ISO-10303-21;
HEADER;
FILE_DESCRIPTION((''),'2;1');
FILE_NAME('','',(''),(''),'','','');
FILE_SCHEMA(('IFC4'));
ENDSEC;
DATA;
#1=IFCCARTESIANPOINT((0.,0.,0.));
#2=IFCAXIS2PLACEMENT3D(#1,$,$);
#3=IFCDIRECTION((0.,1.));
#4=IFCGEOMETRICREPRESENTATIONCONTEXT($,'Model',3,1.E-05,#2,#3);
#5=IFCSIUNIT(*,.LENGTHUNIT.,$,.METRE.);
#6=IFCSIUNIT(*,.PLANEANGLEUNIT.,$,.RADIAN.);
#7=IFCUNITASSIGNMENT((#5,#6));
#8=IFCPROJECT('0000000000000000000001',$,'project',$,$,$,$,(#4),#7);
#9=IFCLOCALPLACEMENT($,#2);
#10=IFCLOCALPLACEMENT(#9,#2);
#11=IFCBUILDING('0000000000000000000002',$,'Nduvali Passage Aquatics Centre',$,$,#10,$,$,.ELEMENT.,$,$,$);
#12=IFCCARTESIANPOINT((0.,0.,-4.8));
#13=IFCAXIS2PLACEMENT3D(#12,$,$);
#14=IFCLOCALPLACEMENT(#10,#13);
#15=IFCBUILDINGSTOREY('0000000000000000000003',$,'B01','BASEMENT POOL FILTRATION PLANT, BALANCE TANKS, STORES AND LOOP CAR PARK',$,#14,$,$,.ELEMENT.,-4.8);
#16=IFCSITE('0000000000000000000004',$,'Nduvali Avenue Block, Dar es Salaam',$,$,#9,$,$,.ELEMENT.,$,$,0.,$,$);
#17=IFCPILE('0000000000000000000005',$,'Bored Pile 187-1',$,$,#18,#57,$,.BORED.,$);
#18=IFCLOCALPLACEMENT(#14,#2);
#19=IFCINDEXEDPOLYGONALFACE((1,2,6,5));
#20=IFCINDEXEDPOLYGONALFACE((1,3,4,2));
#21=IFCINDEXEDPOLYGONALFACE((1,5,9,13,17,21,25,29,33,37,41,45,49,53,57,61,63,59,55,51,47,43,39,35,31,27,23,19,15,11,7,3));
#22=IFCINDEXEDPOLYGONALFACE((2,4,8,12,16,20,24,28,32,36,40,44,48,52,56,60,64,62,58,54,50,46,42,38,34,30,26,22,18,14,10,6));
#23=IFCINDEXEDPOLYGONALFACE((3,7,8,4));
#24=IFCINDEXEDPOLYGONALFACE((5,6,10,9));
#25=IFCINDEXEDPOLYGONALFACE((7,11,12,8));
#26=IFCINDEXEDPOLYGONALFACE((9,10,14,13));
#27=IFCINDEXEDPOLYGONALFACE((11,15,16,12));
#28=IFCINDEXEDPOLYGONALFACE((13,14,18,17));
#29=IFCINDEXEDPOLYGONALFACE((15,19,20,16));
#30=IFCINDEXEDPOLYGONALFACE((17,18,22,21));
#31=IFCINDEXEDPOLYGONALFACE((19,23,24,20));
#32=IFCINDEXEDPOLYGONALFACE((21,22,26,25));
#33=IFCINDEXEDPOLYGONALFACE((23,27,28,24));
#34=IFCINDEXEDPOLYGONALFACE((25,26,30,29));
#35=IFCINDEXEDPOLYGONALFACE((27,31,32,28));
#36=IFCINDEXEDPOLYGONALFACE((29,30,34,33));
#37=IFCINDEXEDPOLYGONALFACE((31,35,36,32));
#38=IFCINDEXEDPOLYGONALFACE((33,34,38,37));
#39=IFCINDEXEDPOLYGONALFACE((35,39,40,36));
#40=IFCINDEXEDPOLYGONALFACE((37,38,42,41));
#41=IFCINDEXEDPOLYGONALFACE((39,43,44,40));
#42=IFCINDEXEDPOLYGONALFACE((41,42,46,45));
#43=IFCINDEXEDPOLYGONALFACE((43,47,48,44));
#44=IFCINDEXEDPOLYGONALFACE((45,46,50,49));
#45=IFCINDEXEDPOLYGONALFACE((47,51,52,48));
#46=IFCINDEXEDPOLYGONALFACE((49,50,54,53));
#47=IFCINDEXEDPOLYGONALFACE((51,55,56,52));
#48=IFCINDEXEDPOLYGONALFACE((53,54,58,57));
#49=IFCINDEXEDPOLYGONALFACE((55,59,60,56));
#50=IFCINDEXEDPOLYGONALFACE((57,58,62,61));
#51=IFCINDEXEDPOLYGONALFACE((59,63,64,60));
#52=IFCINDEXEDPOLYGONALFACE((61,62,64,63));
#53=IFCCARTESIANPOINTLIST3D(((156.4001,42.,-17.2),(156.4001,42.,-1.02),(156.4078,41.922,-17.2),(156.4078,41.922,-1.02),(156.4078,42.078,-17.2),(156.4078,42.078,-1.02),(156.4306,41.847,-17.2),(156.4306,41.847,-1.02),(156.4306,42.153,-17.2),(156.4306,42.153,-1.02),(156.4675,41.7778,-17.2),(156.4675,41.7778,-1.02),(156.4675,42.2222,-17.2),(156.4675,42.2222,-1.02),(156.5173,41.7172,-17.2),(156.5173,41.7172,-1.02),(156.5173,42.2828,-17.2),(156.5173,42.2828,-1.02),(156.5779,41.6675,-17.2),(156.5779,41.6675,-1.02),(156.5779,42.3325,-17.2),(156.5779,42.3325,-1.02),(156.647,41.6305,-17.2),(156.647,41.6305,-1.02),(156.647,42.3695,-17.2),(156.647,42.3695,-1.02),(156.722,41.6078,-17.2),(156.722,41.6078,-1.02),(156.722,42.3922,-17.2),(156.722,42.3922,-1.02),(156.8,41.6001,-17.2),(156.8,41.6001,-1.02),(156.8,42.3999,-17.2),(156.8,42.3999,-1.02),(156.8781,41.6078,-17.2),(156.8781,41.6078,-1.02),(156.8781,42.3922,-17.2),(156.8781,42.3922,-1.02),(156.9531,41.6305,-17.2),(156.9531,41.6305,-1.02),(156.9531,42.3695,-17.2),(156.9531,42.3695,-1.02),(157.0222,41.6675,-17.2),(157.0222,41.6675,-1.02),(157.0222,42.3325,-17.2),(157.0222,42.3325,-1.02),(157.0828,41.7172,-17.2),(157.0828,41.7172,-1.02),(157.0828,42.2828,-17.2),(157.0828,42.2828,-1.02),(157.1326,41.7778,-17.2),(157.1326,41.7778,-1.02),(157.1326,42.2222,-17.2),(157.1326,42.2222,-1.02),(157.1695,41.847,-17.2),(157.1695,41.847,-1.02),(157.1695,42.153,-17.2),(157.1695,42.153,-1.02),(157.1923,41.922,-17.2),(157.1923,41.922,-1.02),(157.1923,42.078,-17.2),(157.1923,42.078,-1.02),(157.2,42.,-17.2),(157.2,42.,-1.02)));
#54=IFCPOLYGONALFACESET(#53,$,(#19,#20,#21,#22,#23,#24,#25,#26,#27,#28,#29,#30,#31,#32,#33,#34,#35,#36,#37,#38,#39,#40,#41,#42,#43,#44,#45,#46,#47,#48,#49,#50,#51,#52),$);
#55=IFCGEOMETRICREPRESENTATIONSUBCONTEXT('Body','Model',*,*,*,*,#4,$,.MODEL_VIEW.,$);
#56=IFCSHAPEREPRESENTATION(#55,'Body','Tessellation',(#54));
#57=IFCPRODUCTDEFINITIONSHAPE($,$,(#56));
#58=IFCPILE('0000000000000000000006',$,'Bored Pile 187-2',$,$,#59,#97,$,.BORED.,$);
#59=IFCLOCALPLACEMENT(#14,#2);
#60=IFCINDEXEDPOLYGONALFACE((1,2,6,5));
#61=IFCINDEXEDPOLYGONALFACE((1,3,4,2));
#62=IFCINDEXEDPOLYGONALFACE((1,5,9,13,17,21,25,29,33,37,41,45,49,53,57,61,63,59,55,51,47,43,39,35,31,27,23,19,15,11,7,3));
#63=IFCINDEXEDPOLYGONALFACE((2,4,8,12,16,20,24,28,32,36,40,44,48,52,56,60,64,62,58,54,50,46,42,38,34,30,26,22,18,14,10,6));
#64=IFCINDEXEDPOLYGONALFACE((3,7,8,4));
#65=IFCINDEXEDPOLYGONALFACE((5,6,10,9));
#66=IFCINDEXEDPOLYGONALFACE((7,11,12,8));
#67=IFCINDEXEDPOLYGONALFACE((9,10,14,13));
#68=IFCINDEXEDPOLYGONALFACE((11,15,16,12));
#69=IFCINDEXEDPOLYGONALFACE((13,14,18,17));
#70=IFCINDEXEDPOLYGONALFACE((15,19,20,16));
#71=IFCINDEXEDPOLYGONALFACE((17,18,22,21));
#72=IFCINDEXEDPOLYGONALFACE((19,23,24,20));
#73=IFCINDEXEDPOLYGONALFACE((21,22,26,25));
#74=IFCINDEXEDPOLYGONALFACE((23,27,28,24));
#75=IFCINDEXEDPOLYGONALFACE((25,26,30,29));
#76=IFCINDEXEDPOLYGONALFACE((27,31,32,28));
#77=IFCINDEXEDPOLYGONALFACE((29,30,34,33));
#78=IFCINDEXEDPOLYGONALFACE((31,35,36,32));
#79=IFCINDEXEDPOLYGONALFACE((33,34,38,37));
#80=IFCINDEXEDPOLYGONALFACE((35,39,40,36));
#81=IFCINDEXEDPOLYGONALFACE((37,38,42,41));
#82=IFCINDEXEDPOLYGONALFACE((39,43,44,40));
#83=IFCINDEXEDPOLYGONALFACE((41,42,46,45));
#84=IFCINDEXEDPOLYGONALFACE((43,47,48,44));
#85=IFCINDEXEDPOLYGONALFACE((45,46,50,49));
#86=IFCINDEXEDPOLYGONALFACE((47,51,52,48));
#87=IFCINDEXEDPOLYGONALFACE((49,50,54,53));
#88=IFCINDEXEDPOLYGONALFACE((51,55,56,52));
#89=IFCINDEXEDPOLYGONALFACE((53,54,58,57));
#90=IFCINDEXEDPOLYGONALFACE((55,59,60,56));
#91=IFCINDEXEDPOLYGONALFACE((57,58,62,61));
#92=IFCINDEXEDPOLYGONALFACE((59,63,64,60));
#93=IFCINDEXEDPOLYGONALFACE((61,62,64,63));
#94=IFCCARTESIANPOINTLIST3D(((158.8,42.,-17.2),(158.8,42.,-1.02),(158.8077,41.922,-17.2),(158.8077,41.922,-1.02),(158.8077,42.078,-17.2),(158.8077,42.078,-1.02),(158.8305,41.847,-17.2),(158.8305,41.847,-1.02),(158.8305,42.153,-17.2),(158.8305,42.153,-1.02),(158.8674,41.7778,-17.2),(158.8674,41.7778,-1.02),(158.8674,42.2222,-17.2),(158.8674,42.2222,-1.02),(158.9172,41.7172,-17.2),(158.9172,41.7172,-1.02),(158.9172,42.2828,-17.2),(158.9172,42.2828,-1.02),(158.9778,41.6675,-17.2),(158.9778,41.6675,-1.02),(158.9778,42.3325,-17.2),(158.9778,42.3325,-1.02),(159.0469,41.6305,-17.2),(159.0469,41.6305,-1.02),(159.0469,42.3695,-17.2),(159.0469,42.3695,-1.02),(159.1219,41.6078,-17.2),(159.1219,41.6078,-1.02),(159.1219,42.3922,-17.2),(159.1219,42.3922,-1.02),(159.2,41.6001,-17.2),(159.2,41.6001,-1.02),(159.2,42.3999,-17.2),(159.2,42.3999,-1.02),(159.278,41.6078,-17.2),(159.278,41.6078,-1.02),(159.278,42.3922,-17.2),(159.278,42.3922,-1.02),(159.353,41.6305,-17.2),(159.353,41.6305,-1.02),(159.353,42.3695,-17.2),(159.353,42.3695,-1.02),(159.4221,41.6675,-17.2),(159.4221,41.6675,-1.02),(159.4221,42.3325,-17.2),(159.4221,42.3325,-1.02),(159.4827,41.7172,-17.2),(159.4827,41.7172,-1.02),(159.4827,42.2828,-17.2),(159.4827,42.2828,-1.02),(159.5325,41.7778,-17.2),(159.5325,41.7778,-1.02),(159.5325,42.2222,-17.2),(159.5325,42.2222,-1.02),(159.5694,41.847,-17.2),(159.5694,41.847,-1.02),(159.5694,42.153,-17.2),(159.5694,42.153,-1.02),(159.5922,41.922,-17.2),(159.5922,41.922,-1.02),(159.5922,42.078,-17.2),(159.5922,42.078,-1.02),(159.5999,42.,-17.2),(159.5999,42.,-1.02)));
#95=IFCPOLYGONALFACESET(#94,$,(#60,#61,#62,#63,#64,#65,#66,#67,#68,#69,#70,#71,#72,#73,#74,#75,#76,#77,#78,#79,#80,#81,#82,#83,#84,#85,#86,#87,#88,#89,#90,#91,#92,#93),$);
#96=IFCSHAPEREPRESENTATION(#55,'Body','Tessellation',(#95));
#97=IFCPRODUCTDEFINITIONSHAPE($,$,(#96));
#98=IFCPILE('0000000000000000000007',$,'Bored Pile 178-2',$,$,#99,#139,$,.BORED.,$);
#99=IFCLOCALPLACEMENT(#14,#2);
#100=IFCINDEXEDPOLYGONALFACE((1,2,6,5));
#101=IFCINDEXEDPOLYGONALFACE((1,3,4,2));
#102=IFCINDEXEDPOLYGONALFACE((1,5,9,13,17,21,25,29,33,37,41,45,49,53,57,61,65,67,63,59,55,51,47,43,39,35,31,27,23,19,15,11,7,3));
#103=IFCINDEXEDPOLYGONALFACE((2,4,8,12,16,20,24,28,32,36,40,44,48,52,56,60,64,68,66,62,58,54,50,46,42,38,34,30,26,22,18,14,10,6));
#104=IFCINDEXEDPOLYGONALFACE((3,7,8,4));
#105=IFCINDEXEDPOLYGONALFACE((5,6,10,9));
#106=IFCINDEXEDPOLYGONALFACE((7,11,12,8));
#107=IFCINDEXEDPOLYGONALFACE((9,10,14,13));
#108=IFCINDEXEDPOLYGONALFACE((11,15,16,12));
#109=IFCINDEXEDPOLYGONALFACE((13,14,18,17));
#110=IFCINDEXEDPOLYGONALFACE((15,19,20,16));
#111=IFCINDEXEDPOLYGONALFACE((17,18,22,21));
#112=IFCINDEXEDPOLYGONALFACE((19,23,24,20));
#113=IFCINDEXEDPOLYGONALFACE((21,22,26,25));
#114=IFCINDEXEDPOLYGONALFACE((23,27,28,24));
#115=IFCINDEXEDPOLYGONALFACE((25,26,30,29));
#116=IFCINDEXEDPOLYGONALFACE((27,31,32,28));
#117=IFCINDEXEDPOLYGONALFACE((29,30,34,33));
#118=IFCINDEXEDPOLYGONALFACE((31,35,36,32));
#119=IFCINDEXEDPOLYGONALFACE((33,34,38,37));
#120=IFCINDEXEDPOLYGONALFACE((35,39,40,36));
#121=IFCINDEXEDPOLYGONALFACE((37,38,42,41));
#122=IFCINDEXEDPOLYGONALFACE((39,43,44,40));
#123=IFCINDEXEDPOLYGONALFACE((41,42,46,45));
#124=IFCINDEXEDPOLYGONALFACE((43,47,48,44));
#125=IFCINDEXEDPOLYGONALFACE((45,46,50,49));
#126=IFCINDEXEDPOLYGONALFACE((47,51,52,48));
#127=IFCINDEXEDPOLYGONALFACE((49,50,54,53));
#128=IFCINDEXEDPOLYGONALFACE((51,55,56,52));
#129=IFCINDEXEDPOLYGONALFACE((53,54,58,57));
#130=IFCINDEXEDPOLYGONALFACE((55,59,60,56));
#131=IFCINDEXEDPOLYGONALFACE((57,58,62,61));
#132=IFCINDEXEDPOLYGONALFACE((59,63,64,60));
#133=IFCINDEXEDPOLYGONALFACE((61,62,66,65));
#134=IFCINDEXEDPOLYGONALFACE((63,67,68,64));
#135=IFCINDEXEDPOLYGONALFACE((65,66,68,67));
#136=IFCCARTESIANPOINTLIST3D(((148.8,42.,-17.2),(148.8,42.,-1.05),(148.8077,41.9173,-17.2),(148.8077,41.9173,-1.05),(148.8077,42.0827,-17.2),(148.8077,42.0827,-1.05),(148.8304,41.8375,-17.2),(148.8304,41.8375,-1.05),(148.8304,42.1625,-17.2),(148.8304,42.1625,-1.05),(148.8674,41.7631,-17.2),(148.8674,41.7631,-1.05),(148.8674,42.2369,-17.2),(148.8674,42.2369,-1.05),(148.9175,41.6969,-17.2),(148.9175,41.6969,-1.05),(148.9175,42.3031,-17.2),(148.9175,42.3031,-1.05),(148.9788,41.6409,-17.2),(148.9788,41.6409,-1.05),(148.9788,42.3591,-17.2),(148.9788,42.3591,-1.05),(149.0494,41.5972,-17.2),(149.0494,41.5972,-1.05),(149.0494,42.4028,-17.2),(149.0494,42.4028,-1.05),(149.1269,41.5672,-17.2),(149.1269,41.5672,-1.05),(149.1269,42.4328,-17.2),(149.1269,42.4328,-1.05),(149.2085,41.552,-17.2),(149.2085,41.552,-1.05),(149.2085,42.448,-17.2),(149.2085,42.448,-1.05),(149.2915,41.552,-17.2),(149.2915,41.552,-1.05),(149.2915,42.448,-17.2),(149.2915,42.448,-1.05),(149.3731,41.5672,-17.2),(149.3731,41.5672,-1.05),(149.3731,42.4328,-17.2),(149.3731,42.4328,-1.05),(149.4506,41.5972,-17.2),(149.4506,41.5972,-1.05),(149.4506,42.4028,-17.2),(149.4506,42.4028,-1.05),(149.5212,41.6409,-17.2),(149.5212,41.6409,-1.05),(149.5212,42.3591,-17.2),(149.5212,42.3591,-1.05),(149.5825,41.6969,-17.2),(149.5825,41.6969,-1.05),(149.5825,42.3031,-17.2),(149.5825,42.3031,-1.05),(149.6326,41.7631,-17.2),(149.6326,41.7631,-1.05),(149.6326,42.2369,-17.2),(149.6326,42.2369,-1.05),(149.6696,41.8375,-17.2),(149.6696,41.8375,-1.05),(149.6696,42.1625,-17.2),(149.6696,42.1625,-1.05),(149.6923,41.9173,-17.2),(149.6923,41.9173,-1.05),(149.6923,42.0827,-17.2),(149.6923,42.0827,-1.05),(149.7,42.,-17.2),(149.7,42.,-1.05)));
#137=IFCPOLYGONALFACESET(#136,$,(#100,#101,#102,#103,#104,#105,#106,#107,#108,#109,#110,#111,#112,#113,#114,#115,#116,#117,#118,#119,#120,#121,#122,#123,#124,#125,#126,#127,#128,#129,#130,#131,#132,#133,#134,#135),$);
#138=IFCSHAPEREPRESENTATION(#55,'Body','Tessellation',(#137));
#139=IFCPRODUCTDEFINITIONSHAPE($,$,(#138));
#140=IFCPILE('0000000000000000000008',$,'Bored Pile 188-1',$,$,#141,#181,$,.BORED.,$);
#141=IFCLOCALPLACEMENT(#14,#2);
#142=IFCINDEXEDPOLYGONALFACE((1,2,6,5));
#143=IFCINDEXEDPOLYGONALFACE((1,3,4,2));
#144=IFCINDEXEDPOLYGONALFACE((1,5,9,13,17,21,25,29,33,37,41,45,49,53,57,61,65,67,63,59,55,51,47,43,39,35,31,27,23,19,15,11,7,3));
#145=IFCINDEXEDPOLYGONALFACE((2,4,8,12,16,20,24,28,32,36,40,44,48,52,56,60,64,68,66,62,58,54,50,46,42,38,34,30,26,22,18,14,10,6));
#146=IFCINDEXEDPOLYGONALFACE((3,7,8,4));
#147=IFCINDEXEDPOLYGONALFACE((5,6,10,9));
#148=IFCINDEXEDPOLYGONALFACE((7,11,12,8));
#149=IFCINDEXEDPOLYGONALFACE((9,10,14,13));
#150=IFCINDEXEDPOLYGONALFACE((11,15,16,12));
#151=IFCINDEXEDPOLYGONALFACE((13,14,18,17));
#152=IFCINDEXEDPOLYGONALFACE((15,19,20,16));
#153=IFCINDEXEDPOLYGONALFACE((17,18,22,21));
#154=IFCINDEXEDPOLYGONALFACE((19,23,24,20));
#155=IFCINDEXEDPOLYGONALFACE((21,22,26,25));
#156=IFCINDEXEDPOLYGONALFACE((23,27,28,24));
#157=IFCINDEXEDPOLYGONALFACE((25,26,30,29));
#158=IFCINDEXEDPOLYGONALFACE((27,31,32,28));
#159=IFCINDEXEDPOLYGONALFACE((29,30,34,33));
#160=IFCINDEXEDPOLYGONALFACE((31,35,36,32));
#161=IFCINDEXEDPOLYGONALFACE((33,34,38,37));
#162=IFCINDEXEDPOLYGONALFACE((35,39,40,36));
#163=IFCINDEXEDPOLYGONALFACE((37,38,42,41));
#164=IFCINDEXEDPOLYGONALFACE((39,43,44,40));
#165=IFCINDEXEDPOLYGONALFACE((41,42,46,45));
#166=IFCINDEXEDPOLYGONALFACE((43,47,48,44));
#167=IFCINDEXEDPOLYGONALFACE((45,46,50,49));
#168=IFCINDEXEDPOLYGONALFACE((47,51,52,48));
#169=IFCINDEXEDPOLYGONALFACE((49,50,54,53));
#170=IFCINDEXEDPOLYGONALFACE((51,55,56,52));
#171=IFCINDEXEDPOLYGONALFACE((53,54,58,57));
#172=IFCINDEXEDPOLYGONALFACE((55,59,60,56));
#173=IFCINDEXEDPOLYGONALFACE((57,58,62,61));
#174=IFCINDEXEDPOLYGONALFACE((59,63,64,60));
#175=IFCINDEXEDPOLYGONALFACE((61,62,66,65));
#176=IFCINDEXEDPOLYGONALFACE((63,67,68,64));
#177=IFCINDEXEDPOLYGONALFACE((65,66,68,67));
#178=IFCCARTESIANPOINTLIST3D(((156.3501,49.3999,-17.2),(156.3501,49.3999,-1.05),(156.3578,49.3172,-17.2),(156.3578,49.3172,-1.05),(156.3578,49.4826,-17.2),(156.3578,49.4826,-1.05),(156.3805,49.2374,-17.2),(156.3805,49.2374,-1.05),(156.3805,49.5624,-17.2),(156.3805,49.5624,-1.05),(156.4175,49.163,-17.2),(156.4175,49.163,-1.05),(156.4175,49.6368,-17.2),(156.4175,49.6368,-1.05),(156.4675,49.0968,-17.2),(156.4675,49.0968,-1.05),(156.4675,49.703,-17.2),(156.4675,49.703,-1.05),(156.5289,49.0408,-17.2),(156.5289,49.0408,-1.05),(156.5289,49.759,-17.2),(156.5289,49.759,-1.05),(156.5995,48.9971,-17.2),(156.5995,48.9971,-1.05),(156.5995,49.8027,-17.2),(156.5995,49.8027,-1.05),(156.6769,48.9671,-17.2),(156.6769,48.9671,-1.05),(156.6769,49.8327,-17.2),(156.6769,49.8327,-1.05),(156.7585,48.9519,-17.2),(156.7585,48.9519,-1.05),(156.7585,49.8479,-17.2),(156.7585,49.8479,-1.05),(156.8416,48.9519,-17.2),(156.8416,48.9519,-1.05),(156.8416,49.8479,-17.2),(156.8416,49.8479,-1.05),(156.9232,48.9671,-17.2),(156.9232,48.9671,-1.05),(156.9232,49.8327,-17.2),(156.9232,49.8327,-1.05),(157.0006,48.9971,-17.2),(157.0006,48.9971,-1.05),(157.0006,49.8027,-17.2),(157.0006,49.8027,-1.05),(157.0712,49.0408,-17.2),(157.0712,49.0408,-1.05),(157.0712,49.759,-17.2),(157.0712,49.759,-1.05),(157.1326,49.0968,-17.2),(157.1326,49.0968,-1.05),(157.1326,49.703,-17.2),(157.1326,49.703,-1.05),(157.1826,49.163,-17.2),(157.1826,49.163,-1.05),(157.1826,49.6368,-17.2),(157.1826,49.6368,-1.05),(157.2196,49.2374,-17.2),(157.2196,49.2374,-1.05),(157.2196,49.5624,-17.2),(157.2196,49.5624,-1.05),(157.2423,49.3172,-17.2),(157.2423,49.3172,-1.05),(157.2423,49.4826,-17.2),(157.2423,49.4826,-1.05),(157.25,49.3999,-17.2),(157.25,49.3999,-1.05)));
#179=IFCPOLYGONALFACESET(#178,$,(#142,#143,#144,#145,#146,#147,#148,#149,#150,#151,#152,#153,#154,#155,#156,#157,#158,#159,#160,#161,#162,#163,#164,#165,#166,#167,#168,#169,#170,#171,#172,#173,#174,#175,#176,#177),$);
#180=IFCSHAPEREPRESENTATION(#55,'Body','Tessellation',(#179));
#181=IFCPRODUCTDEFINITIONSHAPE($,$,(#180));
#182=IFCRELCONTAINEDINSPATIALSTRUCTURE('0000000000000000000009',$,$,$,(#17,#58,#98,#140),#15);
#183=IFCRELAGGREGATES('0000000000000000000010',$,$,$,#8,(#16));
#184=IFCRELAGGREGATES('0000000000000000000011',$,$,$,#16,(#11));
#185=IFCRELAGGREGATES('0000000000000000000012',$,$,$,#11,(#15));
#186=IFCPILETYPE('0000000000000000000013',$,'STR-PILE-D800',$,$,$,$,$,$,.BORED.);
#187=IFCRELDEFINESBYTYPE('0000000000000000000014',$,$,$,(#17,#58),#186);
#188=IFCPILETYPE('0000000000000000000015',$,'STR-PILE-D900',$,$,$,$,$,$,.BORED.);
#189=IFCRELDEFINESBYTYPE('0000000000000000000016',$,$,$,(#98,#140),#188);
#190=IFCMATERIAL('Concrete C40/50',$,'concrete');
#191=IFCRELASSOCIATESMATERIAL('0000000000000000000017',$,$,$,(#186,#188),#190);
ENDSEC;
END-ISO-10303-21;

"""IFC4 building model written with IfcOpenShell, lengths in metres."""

from ifc_helpers import new_model, si_unit, direction, frame, origin, origin_2d, place, context, subcontext, project, spatial, circle, extrude, material, material_profile, profile_set, type_object, element, save


model = new_model("IFC4")

# Units and contexts
model_context = context("Model", 3, precision=1e-05, world=origin(), true_north=direction((0.0, 1.0)))
body_context = subcontext(model_context, "Body", "Model", "MODEL_VIEW")
ifc_project = project(units=[si_unit("LENGTHUNIT", "METRE"), si_unit("PLANEANGLEUNIT", "RADIAN")], contexts=[model_context])

# Site, building, storey
site_placement = place(None, origin())
site = spatial("IfcSite", under=ifc_project, at=site_placement, Name="Nduvali Avenue Block, Dar es Salaam", CompositionType="ELEMENT", RefElevation=0.0)
building_placement = place(site_placement, origin())
building = spatial("IfcBuilding", under=site, at=building_placement, Name="Nduvali Passage Aquatics Centre", CompositionType="ELEMENT")
storey_placement = place(building_placement, frame((0.0, 0.0, -4.8)))
storey = spatial("IfcBuildingStorey", under=building, at=storey_placement, Name="B01", Description="BASEMENT POOL FILTRATION PLANT, BALANCE TANKS, STORES AND LOOP CAR PARK", CompositionType="ELEMENT", Elevation=-4.8)

# Shared definitions
ifc_material = material(Name="Concrete C40/50", Category="concrete")

# Piles
ifc_material_profile_1 = material_profile(ifc_material, circle(Radius=0.3999, at=origin_2d()), Name="PILE D800")
ifc_profile_set_1 = profile_set([ifc_material_profile_1], Name="Concrete C40/50")
pile_type_1 = type_object("IfcPileType", Name="STR-PILE-D800", PredefinedType="BORED", material=ifc_profile_set_1)
for number, where, z_axis, x_axis, name in (
    (1, (156.8, 42.0, -1.02), (0.0, 0.0, -1.0), (1.0, 0.0, 0.0), "Bored Pile 187-1"),
    (2, (159.2, 42.0, -1.02), (0.0, 0.0, -1.0), (1.0, 0.0, 0.0), "Bored Pile 187-2"),
):
    element("IfcPile", number, at=place(storey_placement, frame(where, z_axis=z_axis, x_axis=x_axis)), inside=storey, type_object=pile_type_1, Name=name, PredefinedType="BORED", context=body_context, shape_type="SweptSolid", body=[
        extrude(circle(Radius=0.3999, at=origin_2d()), origin(), (0.0, 0.0, 1.0), 16.1799),
    ])
ifc_material_profile_2 = material_profile(ifc_material, circle(Radius=0.45, at=origin_2d()), Name="PILE D900")
ifc_profile_set_2 = profile_set([ifc_material_profile_2], Name="Concrete C40/50")
pile_type_2 = type_object("IfcPileType", Name="STR-PILE-D900", PredefinedType="BORED", material=ifc_profile_set_2)
for number, where, z_axis, x_axis, name in (
    (3, (149.25, 42.0, -1.05), (0.0, 0.0, -1.0), (1.0, 0.0, 0.0), "Bored Pile 178-2"),
    (4, (156.8, 49.3999, -1.05), (0.0, 0.0, -1.0), (1.0, 0.0, 0.0), "Bored Pile 188-1"),
):
    element("IfcPile", number, at=place(storey_placement, frame(where, z_axis=z_axis, x_axis=x_axis)), inside=storey, type_object=pile_type_2, Name=name, PredefinedType="BORED", context=body_context, shape_type="SweptSolid", body=[
        extrude(circle(Radius=0.45, at=origin_2d()), origin(), (0.0, 0.0, 1.0), 16.1499),
    ])

save(model, "model.ifc")
